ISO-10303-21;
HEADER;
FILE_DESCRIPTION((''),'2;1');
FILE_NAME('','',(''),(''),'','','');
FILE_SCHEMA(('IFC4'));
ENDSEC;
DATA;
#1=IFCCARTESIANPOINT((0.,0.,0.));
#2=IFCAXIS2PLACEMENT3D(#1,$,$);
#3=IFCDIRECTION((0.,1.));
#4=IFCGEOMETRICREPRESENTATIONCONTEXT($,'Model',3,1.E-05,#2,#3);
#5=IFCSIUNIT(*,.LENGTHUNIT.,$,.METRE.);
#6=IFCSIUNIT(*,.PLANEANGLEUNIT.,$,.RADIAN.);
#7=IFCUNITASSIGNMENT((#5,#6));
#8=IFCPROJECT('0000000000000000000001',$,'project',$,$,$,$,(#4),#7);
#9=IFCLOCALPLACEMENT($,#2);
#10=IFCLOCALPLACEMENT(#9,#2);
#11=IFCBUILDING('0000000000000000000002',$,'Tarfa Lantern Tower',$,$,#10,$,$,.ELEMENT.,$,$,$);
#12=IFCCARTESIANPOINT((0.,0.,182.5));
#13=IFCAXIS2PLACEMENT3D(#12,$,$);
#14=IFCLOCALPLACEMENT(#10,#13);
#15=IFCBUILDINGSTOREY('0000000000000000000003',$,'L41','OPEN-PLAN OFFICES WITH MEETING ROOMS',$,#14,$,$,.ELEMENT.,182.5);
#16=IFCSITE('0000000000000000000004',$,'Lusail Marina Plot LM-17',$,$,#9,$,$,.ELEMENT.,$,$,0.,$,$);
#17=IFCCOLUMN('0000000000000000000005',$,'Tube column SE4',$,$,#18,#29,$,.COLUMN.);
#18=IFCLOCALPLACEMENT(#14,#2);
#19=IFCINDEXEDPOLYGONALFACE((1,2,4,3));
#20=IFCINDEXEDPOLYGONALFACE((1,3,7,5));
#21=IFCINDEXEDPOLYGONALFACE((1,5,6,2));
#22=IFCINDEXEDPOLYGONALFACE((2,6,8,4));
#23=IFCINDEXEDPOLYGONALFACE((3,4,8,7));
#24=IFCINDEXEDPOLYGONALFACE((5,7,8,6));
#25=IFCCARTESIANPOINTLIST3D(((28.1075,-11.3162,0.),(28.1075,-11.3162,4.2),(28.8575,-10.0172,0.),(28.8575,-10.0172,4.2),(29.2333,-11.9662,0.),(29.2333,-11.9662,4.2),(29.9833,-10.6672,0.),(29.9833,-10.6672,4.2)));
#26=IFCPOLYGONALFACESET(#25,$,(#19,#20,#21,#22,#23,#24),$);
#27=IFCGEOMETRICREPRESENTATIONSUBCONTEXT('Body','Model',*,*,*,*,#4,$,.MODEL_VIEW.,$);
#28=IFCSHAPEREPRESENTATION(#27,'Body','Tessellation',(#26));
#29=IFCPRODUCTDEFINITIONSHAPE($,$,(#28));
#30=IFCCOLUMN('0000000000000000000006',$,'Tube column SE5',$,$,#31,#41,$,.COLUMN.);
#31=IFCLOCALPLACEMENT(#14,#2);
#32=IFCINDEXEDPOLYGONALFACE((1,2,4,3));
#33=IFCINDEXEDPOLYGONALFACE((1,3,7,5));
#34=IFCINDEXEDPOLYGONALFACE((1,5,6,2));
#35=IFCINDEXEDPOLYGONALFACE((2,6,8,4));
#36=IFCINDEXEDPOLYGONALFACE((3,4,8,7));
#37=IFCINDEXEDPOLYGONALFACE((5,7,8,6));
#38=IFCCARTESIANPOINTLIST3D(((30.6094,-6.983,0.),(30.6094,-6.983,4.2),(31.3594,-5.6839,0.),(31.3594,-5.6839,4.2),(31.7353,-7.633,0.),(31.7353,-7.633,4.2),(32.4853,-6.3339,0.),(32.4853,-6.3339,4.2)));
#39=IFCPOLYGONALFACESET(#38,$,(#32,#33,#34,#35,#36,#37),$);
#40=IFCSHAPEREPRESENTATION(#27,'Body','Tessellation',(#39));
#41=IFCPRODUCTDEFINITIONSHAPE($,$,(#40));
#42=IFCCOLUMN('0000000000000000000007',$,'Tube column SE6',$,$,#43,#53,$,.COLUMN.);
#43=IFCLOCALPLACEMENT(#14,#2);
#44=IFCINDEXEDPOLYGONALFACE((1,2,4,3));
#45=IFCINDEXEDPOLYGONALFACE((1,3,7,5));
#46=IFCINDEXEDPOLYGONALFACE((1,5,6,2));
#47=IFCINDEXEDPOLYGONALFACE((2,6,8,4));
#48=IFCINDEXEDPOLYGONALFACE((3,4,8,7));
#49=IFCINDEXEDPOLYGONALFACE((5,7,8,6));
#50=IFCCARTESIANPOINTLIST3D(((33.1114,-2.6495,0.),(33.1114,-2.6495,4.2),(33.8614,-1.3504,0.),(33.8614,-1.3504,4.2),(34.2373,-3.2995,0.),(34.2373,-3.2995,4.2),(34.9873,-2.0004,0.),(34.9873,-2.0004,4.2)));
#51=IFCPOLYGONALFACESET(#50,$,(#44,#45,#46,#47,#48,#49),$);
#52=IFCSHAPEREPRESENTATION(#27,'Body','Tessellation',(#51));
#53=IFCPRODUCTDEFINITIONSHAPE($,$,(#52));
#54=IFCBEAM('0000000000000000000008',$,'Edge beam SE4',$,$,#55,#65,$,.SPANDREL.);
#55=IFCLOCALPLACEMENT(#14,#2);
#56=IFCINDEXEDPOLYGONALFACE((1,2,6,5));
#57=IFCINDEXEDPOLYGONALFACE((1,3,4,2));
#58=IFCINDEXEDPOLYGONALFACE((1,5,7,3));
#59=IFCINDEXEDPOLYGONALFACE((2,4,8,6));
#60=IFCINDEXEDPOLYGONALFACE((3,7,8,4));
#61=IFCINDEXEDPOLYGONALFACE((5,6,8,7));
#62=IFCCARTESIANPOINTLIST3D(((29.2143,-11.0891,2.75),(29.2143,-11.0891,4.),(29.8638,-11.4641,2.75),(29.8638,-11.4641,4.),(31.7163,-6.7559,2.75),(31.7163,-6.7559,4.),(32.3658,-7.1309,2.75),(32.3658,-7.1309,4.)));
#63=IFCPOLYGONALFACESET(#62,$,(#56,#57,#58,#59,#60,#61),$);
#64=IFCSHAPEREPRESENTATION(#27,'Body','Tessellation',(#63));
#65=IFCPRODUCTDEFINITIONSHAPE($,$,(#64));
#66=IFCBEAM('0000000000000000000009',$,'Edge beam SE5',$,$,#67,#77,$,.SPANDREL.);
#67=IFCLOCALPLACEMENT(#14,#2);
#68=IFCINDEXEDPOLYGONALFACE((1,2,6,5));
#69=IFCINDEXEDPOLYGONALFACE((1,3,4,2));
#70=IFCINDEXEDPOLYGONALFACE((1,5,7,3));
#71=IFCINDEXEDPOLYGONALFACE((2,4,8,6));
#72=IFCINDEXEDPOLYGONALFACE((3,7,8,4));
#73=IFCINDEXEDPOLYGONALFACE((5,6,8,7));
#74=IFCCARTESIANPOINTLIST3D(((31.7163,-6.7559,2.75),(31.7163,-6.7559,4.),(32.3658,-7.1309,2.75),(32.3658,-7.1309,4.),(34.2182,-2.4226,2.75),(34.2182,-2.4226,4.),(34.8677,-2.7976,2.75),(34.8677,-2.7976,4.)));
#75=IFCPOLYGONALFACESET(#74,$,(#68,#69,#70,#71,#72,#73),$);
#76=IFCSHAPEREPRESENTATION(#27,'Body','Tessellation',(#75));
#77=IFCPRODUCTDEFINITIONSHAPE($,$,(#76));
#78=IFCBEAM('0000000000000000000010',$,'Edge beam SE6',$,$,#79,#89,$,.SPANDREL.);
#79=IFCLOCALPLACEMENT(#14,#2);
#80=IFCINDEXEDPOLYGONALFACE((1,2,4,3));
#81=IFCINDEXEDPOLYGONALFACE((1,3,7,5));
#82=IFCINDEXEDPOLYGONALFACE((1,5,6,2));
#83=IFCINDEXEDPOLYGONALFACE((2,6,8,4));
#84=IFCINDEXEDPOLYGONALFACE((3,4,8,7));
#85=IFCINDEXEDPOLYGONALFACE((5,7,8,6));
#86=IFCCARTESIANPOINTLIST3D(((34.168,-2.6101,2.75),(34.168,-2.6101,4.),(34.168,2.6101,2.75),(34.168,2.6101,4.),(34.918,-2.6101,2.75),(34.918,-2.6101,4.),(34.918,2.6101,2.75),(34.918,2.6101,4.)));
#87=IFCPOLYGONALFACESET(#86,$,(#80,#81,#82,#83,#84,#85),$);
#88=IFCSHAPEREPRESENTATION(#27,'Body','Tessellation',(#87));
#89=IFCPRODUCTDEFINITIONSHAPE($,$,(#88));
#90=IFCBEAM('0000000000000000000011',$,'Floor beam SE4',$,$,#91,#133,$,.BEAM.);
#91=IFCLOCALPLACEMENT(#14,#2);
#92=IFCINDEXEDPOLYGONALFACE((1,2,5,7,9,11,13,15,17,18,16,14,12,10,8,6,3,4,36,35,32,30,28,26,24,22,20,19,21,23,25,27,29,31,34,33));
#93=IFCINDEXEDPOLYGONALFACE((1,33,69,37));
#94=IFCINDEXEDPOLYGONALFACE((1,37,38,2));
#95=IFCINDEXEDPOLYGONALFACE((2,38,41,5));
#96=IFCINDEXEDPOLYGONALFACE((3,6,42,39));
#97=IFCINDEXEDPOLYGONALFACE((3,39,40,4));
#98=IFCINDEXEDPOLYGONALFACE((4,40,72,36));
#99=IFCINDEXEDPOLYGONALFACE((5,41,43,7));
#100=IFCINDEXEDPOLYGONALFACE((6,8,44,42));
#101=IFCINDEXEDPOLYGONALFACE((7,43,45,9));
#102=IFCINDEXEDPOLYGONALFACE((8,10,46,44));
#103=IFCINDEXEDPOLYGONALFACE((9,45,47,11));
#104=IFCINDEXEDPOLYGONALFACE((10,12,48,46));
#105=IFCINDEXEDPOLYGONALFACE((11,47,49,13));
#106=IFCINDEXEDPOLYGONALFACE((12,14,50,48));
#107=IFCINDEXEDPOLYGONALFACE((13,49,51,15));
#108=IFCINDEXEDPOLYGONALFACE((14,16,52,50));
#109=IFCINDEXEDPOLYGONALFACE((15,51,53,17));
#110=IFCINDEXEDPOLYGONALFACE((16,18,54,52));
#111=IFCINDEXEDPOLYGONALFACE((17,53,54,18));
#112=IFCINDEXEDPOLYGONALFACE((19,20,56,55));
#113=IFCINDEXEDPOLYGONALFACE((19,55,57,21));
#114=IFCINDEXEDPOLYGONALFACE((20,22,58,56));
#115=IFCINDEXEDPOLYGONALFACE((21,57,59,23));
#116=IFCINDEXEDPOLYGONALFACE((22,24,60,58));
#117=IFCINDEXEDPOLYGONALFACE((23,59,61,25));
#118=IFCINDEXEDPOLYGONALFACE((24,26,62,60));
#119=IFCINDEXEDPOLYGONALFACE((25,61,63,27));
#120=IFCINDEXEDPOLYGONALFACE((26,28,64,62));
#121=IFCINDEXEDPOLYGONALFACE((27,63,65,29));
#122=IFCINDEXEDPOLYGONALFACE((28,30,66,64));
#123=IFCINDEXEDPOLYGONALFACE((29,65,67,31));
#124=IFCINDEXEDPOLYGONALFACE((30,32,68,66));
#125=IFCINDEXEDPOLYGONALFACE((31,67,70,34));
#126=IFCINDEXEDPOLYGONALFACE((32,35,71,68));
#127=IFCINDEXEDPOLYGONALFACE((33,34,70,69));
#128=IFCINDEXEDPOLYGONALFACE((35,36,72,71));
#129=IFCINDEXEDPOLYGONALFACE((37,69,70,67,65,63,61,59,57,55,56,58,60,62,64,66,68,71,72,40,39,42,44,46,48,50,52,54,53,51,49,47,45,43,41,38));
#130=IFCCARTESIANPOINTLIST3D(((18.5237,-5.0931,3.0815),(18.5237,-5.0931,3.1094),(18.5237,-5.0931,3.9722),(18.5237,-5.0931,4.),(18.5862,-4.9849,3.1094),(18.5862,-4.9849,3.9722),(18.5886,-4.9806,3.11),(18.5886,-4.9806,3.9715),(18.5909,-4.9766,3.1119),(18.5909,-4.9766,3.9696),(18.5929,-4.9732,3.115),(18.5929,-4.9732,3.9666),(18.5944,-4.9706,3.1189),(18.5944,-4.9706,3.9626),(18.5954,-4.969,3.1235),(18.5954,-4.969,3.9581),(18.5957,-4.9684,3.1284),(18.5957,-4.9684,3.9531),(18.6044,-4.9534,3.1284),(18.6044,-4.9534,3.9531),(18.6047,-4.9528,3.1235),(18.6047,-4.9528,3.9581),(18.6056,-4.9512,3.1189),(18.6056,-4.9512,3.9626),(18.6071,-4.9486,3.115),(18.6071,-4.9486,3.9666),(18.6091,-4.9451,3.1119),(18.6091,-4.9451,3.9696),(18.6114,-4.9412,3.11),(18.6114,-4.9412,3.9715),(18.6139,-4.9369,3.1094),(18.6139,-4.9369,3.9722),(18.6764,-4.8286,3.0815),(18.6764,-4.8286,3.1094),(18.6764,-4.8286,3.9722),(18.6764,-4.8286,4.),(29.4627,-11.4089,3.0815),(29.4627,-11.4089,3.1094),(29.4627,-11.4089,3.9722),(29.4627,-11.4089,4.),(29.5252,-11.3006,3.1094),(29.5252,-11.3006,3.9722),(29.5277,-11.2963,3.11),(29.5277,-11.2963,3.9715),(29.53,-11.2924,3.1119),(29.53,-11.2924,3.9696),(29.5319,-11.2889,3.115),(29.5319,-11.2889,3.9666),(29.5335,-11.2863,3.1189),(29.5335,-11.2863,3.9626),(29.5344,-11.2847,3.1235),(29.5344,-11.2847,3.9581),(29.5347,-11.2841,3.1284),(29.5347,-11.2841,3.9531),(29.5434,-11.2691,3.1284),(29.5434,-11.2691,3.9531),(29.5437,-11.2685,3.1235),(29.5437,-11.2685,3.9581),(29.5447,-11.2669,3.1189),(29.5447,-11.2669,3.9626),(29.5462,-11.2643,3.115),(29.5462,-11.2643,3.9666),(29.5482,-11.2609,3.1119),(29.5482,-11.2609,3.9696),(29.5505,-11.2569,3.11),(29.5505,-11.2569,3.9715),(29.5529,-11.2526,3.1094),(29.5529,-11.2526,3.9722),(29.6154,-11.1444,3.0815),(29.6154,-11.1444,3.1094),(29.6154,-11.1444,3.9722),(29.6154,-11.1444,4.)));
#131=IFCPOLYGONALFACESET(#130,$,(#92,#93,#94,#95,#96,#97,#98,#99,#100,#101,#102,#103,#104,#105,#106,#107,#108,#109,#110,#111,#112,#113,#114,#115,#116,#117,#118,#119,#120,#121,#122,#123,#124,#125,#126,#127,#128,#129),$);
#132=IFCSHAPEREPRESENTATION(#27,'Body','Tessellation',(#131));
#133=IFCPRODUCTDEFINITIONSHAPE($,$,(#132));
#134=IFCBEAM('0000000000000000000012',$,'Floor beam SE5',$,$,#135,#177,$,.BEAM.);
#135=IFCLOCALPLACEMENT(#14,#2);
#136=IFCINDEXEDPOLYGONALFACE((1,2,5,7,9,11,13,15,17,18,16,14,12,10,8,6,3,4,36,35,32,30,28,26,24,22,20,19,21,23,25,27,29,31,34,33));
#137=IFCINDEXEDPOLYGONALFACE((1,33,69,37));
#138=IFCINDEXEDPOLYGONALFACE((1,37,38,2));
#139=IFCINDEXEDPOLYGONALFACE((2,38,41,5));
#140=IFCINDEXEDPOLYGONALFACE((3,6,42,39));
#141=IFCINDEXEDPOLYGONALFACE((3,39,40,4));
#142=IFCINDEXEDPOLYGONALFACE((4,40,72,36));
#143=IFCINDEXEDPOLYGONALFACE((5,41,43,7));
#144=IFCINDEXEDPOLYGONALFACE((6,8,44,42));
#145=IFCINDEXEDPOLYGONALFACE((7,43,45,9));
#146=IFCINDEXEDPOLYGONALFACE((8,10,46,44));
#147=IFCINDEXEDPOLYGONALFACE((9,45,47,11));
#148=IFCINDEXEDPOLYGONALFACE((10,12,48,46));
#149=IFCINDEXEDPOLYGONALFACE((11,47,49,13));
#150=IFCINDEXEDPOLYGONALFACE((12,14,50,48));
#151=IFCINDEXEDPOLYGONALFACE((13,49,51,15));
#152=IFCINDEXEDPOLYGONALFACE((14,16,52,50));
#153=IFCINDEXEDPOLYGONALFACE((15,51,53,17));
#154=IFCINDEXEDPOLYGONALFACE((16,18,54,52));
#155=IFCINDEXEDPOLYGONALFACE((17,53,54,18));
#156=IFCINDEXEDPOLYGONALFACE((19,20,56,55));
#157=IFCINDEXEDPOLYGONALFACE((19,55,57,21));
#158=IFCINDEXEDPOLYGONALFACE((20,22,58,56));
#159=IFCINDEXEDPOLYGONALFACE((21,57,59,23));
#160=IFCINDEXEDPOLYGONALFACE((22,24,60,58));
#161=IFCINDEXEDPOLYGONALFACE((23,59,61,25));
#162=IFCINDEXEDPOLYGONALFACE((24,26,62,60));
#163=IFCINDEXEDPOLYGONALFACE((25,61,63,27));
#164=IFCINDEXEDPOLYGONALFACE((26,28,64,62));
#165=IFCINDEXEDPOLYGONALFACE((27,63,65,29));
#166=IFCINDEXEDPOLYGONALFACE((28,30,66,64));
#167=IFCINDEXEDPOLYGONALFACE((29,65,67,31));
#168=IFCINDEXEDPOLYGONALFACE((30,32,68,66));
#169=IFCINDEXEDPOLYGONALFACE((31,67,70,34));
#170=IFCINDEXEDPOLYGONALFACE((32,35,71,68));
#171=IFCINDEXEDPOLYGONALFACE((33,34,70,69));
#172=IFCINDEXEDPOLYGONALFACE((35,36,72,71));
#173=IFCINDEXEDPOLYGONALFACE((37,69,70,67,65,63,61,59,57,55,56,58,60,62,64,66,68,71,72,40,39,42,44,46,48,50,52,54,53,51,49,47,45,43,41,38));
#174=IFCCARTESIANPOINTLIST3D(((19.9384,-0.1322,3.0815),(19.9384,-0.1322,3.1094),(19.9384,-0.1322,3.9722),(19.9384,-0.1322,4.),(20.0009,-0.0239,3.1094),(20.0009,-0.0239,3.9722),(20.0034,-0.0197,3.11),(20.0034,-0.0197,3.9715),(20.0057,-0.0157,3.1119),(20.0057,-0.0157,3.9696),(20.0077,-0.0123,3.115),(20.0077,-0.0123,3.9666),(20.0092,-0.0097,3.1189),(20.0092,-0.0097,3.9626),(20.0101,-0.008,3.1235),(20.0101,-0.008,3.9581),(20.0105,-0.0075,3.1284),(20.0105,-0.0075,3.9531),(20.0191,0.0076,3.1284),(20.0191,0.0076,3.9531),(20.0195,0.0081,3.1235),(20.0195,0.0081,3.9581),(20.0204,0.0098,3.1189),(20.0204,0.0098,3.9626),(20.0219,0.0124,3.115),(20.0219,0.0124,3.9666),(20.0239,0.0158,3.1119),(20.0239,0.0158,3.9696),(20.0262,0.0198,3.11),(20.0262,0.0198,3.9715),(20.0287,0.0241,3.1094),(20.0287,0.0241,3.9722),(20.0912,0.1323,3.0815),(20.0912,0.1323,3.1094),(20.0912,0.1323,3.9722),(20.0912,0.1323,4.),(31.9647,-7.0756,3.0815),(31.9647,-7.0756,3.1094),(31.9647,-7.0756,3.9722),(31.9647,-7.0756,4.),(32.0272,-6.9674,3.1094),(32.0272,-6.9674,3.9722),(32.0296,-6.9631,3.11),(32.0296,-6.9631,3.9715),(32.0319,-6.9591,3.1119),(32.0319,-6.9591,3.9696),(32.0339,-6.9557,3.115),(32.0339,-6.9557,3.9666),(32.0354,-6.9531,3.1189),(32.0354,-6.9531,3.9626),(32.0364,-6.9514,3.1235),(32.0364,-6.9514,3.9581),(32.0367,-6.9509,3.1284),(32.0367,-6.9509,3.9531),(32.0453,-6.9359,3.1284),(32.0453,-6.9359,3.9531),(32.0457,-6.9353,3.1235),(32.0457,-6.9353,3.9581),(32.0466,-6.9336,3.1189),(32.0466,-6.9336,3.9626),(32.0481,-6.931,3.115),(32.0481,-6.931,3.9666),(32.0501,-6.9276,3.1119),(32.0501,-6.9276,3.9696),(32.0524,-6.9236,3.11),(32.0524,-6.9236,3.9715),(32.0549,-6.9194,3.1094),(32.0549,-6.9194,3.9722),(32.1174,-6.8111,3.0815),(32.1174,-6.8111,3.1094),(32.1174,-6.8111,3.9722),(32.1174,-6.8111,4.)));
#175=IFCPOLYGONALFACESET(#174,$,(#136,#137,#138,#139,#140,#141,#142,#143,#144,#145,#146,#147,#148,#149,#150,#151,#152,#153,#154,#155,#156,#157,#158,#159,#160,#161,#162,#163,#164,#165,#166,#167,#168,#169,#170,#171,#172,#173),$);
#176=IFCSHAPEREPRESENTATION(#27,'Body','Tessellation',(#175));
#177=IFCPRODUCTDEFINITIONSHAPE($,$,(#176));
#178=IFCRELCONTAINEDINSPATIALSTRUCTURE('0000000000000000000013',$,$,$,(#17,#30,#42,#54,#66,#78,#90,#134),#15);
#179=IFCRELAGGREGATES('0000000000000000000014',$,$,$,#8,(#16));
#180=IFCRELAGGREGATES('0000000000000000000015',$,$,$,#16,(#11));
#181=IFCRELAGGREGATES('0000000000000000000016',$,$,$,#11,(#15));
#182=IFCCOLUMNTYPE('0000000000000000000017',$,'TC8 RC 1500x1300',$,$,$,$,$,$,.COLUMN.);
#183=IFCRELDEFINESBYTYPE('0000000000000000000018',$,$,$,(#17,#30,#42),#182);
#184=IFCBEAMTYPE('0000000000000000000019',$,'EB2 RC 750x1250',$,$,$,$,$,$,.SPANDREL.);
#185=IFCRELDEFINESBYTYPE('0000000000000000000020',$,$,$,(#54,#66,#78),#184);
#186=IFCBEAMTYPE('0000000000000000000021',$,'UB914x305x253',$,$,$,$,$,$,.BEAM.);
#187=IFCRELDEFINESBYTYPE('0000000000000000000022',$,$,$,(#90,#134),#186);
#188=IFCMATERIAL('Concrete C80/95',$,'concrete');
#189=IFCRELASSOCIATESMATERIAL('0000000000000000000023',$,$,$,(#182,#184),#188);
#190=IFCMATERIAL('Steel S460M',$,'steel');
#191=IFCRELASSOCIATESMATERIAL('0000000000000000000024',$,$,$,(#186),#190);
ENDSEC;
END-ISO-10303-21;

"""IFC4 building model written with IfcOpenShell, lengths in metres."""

from ifc_helpers import new_model, si_unit, direction, frame, origin, origin_2d, place, context, subcontext, project, spatial, rectangle, i_section, extrude, material, material_profile, profile_set, type_object, element, save


model = new_model("IFC4")

# Units and contexts
model_context = context("Model", 3, precision=1e-05, world=origin(), true_north=direction((0.0, 1.0)))
body_context = subcontext(model_context, "Body", "Model", "MODEL_VIEW")
ifc_project = project(units=[si_unit("LENGTHUNIT", "METRE"), si_unit("PLANEANGLEUNIT", "RADIAN")], contexts=[model_context])

# Site, building, storey
site_placement = place(None, origin())
site = spatial("IfcSite", under=ifc_project, at=site_placement, Name="Lusail Marina Plot LM-17", CompositionType="ELEMENT", RefElevation=0.0)
building_placement = place(site_placement, origin())
building = spatial("IfcBuilding", under=site, at=building_placement, Name="Tarfa Lantern Tower", CompositionType="ELEMENT")
storey_placement = place(building_placement, frame((0.0, 0.0, 182.5)))
storey = spatial("IfcBuildingStorey", under=building, at=storey_placement, Name="L41", Description="OPEN-PLAN OFFICES WITH MEETING ROOMS", CompositionType="ELEMENT", Elevation=182.5)

# Columns
ifc_material_1 = material(Name="Concrete C80/95", Category="concrete")
ifc_material_profile_1 = material_profile(ifc_material_1, rectangle(XDim=1.5, YDim=1.3, at=origin_2d()), Name="RC 1500x1300")
ifc_profile_set_1 = profile_set([ifc_material_profile_1], Name="Concrete C80/95")
column_type = type_object("IfcColumnType", Name="TC8 RC 1500x1300", PredefinedType="COLUMN", material=ifc_profile_set_1)
for number, where, z_axis, x_axis, name in (
    (1, (29.0454, -10.9917, 0.0), (0.0, 0.0, 1.0), (0.5, 0.866025, 0.0), "Tube column SE4"),
    (2, (31.5474, -6.6584, 0.0), (0.0, 0.0, 1.0), (0.5, 0.866025, 0.0), "Tube column SE5"),
    (3, (34.0493, -2.325, 0.0), (0.0, 0.0, 1.0), (0.5, 0.866025, 0.0), "Tube column SE6"),
):
    element("IfcColumn", number, at=place(storey_placement, frame(where, z_axis=z_axis, x_axis=x_axis)), inside=storey, type_object=column_type, Name=name, PredefinedType="COLUMN", context=body_context, shape_type="SweptSolid", body=[
        extrude(rectangle(XDim=1.5, YDim=1.3, at=origin_2d()), origin(), (0.0, 0.0, 1.0), 4.2),
    ])

# Beams
ifc_material_profile_2 = material_profile(ifc_material_1, rectangle(XDim=0.75, YDim=1.25, at=origin_2d()), Name="RC 750x1250")
ifc_profile_set_2 = profile_set([ifc_material_profile_2], Name="Concrete C80/95")
beam_type_1 = type_object("IfcBeamType", Name="EB2 RC 750x1250", PredefinedType="SPANDREL", material=ifc_profile_set_2)
for number, where, z_axis, x_axis, name in (
    (4, (29.5391, -11.2766, 3.375), (0.500022, 0.866013, 0.0), (-0.866013, 0.500022, 0.0), "Edge beam SE4"),
    (5, (32.041, -6.9434, 3.375), (0.500022, 0.866013, 0.0), (-0.866013, 0.500022, 0.0), "Edge beam SE5"),
):
    element("IfcBeam", number, at=place(storey_placement, frame(where, z_axis=z_axis, x_axis=x_axis)), inside=storey, type_object=beam_type_1, Name=name, PredefinedType="SPANDREL", context=body_context, shape_type="SweptSolid", body=[
        extrude(rectangle(XDim=0.75, YDim=1.25, at=origin_2d()), origin(), (0.0, 0.0, 1.0), 5.0037),
    ])
beam_1_placement = place(storey_placement, frame((34.543, -2.6101, 3.375), z_axis=(0.0, 1.0, 0.0), x_axis=(-1.0, 0.0, 0.0)))
element("IfcBeam", 6, at=beam_1_placement, inside=storey, type_object=beam_type_1, Name="Edge beam SE6", PredefinedType="SPANDREL", context=body_context, shape_type="SweptSolid", body=[
    extrude(rectangle(XDim=0.75, YDim=1.25, at=origin_2d()), origin(), (0.0, 0.0, 1.0), 5.2202),
])
ifc_material_2 = material(Name="Steel S460M", Category="steel")
ifc_material_profile_3 = material_profile(ifc_material_2, i_section(OverallWidth=0.3054, OverallDepth=0.9185, WebThickness=0.0173, FlangeThickness=0.0278, FilletRadius=0.019, at=origin_2d()), Name="UB914x305x253")
ifc_profile_set_3 = profile_set([ifc_material_profile_3], Name="Steel S460M")
beam_type_2 = type_object("IfcBeamType", Name="UB914x305x253", PredefinedType="BEAM", material=ifc_profile_set_3)
beam_2_placement = place(storey_placement, frame((29.5391, -11.2766, 3.5408), z_axis=(-0.866023, 0.500004, 0.0), x_axis=(-0.500004, -0.866023, 0.0)))
element("IfcBeam", 7, at=beam_2_placement, inside=storey, type_object=beam_type_2, Name="Floor beam SE4", PredefinedType="BEAM", context=body_context, shape_type="SweptSolid", body=[
    extrude(i_section(OverallWidth=0.3054, OverallDepth=0.9185, WebThickness=0.0173, FlangeThickness=0.0278, FilletRadius=0.019, at=origin_2d()), origin(), (0.0, 0.0, 1.0), 12.6313),
])
beam_3_placement = place(storey_placement, frame((32.041, -6.9434, 3.5408), z_axis=(-0.866023, 0.500004, 0.0), x_axis=(-0.500004, -0.866023, 0.0)))
element("IfcBeam", 8, at=beam_3_placement, inside=storey, type_object=beam_type_2, Name="Floor beam SE5", PredefinedType="BEAM", context=body_context, shape_type="SweptSolid", body=[
    extrude(i_section(OverallWidth=0.3054, OverallDepth=0.9185, WebThickness=0.0173, FlangeThickness=0.0278, FilletRadius=0.019, at=origin_2d()), origin(), (0.0, 0.0, 1.0), 13.8867),
])

save(model, "model.ifc")
